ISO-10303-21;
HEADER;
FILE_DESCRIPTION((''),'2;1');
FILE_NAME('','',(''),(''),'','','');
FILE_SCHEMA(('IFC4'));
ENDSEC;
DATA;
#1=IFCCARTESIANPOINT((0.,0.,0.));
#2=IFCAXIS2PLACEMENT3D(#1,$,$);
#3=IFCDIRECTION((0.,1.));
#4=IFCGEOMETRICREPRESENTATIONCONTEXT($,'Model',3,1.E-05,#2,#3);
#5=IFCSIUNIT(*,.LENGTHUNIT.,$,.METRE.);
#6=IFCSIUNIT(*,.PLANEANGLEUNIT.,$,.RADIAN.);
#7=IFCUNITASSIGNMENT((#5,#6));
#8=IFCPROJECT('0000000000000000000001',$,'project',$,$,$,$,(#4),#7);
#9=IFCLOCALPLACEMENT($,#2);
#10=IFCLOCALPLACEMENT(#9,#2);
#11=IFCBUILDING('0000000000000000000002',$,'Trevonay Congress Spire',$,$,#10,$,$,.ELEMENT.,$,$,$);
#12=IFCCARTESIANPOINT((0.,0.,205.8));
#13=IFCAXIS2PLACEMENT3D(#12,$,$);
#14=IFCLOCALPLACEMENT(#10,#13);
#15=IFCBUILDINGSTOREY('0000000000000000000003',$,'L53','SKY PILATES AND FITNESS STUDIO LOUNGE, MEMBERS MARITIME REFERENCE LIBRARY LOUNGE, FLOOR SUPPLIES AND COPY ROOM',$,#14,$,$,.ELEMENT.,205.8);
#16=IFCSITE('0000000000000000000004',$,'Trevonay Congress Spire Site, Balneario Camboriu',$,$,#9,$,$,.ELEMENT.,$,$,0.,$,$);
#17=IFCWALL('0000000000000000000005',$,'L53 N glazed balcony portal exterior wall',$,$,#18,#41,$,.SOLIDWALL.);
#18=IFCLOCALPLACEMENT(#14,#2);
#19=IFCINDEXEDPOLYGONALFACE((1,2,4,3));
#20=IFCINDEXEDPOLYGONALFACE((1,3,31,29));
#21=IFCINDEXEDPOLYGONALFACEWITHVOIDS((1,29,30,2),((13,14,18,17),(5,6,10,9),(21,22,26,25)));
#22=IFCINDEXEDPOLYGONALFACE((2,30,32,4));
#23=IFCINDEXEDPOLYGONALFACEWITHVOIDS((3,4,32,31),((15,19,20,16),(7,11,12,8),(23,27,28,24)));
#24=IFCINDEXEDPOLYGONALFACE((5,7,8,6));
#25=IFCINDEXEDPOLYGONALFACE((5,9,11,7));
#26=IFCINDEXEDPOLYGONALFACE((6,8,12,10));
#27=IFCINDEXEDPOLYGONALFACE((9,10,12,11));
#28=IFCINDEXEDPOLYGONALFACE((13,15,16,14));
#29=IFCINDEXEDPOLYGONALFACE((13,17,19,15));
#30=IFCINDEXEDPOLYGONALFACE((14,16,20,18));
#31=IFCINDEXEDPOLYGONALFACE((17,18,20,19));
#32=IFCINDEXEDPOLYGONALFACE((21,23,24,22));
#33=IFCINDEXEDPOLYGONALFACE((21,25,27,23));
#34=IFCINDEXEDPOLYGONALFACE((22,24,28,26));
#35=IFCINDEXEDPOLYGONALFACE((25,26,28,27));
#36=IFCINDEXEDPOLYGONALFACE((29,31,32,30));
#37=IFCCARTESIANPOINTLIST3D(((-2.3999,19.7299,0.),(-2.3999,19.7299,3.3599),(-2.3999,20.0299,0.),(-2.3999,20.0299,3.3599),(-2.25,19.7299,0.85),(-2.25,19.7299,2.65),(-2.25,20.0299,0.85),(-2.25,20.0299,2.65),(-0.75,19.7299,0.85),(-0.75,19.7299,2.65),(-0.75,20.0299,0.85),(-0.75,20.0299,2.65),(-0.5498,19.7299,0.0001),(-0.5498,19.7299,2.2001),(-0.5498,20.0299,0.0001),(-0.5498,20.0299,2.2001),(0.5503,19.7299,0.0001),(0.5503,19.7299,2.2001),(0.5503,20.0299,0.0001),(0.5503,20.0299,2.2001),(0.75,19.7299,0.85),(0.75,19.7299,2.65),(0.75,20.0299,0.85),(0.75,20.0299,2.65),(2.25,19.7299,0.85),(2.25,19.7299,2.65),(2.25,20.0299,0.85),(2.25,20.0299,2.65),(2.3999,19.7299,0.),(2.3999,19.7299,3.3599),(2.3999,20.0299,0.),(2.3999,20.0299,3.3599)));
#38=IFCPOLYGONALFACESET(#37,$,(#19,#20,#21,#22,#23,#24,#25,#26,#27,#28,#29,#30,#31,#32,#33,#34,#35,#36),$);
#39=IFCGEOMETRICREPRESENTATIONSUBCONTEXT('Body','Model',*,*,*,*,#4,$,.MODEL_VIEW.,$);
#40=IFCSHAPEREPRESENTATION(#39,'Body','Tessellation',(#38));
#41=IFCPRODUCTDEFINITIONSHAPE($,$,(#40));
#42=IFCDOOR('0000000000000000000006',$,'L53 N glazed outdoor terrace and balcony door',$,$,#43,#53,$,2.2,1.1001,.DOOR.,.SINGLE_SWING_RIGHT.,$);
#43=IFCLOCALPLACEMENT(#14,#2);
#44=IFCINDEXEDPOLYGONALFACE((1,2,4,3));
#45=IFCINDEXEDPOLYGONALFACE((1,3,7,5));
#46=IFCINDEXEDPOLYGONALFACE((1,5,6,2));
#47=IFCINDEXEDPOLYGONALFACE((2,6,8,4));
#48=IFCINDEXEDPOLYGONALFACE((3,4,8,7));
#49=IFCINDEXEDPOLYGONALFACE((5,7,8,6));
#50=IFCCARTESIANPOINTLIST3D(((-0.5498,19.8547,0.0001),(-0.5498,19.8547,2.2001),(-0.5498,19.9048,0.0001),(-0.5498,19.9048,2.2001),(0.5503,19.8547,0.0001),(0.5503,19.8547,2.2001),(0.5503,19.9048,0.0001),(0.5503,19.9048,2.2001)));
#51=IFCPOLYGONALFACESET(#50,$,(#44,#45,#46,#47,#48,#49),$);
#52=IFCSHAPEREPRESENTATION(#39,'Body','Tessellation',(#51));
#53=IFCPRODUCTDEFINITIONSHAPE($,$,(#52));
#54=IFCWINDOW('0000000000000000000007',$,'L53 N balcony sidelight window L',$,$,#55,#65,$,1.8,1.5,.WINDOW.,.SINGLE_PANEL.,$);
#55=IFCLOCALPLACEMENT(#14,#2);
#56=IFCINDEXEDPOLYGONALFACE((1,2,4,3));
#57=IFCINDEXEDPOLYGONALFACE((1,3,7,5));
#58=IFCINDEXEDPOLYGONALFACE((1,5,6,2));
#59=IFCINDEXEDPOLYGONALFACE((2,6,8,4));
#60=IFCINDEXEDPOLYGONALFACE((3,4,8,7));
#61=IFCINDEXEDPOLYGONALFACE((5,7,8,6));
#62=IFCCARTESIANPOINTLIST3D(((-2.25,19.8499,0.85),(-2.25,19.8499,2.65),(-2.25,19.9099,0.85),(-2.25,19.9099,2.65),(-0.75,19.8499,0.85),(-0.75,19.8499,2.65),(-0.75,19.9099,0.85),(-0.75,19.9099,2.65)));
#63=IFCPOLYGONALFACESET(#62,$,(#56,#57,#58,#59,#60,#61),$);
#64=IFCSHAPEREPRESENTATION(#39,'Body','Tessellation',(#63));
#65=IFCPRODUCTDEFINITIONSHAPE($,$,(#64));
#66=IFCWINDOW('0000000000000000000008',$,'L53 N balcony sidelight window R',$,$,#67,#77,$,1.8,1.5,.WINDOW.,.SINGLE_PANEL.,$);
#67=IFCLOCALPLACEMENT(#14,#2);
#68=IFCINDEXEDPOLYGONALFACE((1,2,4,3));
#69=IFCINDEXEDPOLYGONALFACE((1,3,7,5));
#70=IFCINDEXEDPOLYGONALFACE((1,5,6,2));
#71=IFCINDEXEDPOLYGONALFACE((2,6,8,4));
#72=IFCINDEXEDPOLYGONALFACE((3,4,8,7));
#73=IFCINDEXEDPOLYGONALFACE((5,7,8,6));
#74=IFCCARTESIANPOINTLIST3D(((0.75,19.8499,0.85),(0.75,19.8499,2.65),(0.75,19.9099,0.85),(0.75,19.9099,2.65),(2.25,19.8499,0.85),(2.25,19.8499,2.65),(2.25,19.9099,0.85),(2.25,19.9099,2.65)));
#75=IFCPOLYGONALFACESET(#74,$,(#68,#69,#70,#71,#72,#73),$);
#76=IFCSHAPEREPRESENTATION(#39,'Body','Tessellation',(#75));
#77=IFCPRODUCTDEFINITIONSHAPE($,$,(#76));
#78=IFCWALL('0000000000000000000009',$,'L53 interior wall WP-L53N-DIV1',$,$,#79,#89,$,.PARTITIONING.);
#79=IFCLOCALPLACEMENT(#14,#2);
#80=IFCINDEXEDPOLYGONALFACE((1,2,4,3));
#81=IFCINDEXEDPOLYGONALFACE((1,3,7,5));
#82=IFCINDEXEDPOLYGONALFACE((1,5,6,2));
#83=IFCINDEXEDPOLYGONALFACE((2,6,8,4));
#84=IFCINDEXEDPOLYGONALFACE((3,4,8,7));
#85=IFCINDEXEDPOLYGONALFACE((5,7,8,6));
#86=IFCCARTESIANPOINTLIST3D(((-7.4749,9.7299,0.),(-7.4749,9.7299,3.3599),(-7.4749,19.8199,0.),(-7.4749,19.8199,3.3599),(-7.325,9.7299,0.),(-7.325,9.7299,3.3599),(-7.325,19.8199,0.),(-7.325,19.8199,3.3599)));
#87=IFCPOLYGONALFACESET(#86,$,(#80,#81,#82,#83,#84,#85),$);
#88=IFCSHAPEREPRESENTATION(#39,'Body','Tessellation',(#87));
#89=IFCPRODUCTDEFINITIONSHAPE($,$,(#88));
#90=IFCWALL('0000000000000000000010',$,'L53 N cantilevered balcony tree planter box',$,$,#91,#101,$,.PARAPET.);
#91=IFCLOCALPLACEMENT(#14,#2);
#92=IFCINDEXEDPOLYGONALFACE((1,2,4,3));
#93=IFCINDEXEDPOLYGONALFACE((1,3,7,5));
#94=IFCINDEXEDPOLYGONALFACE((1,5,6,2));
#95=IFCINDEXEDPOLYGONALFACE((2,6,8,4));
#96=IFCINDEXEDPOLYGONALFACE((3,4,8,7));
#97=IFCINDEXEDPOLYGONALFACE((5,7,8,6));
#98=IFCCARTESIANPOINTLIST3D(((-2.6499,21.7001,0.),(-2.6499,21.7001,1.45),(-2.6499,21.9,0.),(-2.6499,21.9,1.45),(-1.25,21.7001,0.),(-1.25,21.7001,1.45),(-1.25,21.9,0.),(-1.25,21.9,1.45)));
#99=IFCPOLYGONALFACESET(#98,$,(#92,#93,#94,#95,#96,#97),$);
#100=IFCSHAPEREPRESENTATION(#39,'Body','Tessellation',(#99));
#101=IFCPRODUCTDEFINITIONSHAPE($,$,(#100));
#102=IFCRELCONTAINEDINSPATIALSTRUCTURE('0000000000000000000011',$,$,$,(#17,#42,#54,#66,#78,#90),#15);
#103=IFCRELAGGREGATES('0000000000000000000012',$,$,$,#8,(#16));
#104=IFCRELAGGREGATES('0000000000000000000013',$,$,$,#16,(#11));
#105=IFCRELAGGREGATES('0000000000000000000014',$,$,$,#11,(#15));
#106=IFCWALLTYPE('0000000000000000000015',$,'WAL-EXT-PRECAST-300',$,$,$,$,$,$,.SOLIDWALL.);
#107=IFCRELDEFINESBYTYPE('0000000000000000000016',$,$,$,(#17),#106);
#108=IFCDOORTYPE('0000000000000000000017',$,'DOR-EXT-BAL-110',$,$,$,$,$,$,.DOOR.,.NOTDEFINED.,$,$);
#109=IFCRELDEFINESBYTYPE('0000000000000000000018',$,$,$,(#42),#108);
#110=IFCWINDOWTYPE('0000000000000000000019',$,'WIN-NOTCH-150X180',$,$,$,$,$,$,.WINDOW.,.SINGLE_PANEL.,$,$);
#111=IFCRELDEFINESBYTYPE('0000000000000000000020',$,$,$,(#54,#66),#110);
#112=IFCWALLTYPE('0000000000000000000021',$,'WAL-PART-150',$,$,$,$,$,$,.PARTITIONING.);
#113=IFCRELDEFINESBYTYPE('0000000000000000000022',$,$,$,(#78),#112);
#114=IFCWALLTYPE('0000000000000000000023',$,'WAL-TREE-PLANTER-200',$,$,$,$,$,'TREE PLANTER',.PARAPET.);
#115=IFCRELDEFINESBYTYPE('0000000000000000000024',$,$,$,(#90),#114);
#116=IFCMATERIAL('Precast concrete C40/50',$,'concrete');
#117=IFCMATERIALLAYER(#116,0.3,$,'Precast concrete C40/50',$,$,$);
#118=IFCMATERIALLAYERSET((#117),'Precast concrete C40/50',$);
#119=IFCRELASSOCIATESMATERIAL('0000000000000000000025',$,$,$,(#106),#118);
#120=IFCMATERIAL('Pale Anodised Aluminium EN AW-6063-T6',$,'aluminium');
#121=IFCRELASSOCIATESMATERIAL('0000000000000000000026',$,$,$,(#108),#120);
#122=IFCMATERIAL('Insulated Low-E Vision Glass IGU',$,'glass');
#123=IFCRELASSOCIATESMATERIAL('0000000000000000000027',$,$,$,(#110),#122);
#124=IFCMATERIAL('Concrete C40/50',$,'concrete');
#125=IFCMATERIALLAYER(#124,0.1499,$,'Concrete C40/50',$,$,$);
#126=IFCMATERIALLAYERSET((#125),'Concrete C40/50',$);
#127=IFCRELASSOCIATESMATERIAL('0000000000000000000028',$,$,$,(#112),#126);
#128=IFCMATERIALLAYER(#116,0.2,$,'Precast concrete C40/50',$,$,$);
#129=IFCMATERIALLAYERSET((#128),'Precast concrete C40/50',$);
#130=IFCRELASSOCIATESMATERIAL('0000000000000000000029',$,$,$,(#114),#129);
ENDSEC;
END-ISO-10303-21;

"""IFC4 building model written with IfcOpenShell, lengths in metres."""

from ifc_helpers import new_model, si_unit, direction, frame, frame_2d, origin, place, context, subcontext, project, spatial, rectangle, extrude, material, layer, layer_set, type_object, element, fill, save


model = new_model("IFC4")

# Units and contexts
model_context = context("Model", 3, precision=1e-05, world=origin(), true_north=direction((0.0, 1.0)))
body_context = subcontext(model_context, "Body", "Model", "MODEL_VIEW")
ifc_project = project(units=[si_unit("LENGTHUNIT", "METRE"), si_unit("PLANEANGLEUNIT", "RADIAN")], contexts=[model_context])

# Site, building, storey
site_placement = place(None, origin())
site = spatial("IfcSite", under=ifc_project, at=site_placement, Name="Trevonay Congress Spire Site, Balneario Camboriu", CompositionType="ELEMENT", RefElevation=0.0)
building_placement = place(site_placement, origin())
building = spatial("IfcBuilding", under=site, at=building_placement, Name="Trevonay Congress Spire", CompositionType="ELEMENT")
storey_placement = place(building_placement, frame((0.0, 0.0, 205.8)))
storey = spatial("IfcBuildingStorey", under=building, at=storey_placement, Name="L53", Description="SKY PILATES AND FITNESS STUDIO LOUNGE, MEMBERS MARITIME REFERENCE LIBRARY LOUNGE, FLOOR SUPPLIES AND COPY ROOM", CompositionType="ELEMENT", Elevation=205.8)

# Shared definitions
ifc_material_1 = material(Name="Pale Anodised Aluminium EN AW-6063-T6", Category="aluminium")
ifc_material_2 = material(Name="Insulated Low-E Vision Glass IGU", Category="glass")

# Shared definitions
ifc_material_3 = material(Name="Concrete C40/50", Category="concrete")

# Wall, openings, door, windows
ifc_material_4 = material(Name="Precast concrete C40/50", Category="concrete")
ifc_layer_1 = layer(ifc_material_4, 0.3, Name="Precast concrete C40/50")
ifc_layer_set_1 = layer_set([ifc_layer_1], Name="Precast concrete C40/50")
wall_type_1 = type_object("IfcWallType", Name="WAL-EXT-PRECAST-300", PredefinedType="SOLIDWALL", material=ifc_layer_set_1)
wall_1_placement = place(storey_placement, frame((-2.3999, 19.8799, 0.0), z_axis=(0.0, 0.0, 1.0), x_axis=(1.0, 0.0, 0.0)))
wall_1 = element("IfcWall", 1, at=wall_1_placement, inside=storey, type_object=wall_type_1, Name="L53 N glazed balcony portal exterior wall", PredefinedType="SOLIDWALL", context=body_context, shape_type="SweptSolid", body=[
    extrude(rectangle(XDim=4.7998, YDim=0.3, at=frame_2d((2.3999, 0.0))), origin(), (0.0, 0.0, 1.0), 3.3599),
])
opening_1_placement = place(wall_1_placement, frame((1.8501, 0.0, 0.0)))
opening_1 = element("IfcOpeningElement", 2, at=opening_1_placement, cuts=wall_1, PredefinedType="OPENING", context=body_context, shape_type="SweptSolid", body=[
    extrude(rectangle(XDim=1.1001, YDim=2.2, at=frame_2d((0.55, 1.1001))), frame((0.0, 0.1602, 0.0), z_axis=(0.0, -1.0, 0.0), x_axis=(1.0, 0.0, 0.0)), (0.0, 0.0, 1.0), 0.3201),
])
opening_2_placement = place(wall_1_placement, frame((0.1499, 0.0, 0.8501)))
opening_2 = element("IfcOpeningElement", 3, at=opening_2_placement, cuts=wall_1, PredefinedType="OPENING", context=body_context, shape_type="SweptSolid", body=[
    extrude(rectangle(XDim=1.5, YDim=1.8, at=frame_2d((0.75, 0.8999))), frame((0.0, 0.1602, 0.0), z_axis=(0.0, -1.0, 0.0), x_axis=(1.0, 0.0, 0.0)), (0.0, 0.0, 1.0), 0.3201),
])
opening_3_placement = place(wall_1_placement, frame((3.1499, 0.0, 0.8501)))
opening_3 = element("IfcOpeningElement", 4, at=opening_3_placement, cuts=wall_1, PredefinedType="OPENING", context=body_context, shape_type="SweptSolid", body=[
    extrude(rectangle(XDim=1.5, YDim=1.8, at=frame_2d((0.75, 0.8999))), frame((0.0, 0.1602, 0.0), z_axis=(0.0, -1.0, 0.0), x_axis=(1.0, 0.0, 0.0)), (0.0, 0.0, 1.0), 0.3201),
])
door_type_1 = type_object("IfcDoorType", Name="DOR-EXT-BAL-110", OperationType="NOTDEFINED", PredefinedType="DOOR", material=ifc_material_1)
door_1_placement = place(opening_1_placement, origin())
door_1 = element("IfcDoor", 5, at=door_1_placement, inside=storey, type_object=door_type_1, Name="L53 N glazed outdoor terrace and balcony door", OperationType="SINGLE_SWING_RIGHT", OverallHeight=2.2, OverallWidth=1.1001, PredefinedType="DOOR", context=body_context, shape_type="SweptSolid", body=[
    extrude(rectangle(XDim=1.1001, YDim=2.2, at=frame_2d((0.55, 1.1001))), frame((0.0, 0.0249, 0.0), z_axis=(0.0, -1.0, 0.0), x_axis=(1.0, 0.0, 0.0)), (0.0, 0.0, 1.0), 0.05),
])
fill(opening_1, door_1)
window_type = type_object("IfcWindowType", Name="WIN-NOTCH-150X180", PartitioningType="SINGLE_PANEL", PredefinedType="WINDOW", material=ifc_material_2)
window_1_placement = place(opening_2_placement, origin())
window_1 = element("IfcWindow", 6, at=window_1_placement, inside=storey, type_object=window_type, Name="L53 N balcony sidelight window L", OverallHeight=1.8, OverallWidth=1.5, PartitioningType="SINGLE_PANEL", PredefinedType="WINDOW", context=body_context, shape_type="SweptSolid", body=[
    extrude(rectangle(XDim=1.5, YDim=1.8, at=frame_2d((0.75, 0.8999))), frame((0.0, 0.03, 0.0), z_axis=(0.0, -1.0, 0.0), x_axis=(1.0, 0.0, 0.0)), (0.0, 0.0, 1.0), 0.0601),
])
fill(opening_2, window_1)
window_2_placement = place(opening_3_placement, origin())
window_2 = element("IfcWindow", 7, at=window_2_placement, inside=storey, type_object=window_type, Name="L53 N balcony sidelight window R", OverallHeight=1.8, OverallWidth=1.5, PartitioningType="SINGLE_PANEL", PredefinedType="WINDOW", context=body_context, shape_type="SweptSolid", body=[
    extrude(rectangle(XDim=1.5, YDim=1.8, at=frame_2d((0.75, 0.8999))), frame((0.0, 0.03, 0.0), z_axis=(0.0, -1.0, 0.0), x_axis=(1.0, 0.0, 0.0)), (0.0, 0.0, 1.0), 0.0601),
])
fill(opening_3, window_2)

# Walls
ifc_layer_2 = layer(ifc_material_3, 0.1499, Name="Concrete C40/50")
ifc_layer_set_2 = layer_set([ifc_layer_2], Name="Concrete C40/50")
wall_type_2 = type_object("IfcWallType", Name="WAL-PART-150", PredefinedType="PARTITIONING", material=ifc_layer_set_2)
wall_2_placement = place(storey_placement, frame((-7.3999, 9.73, 0.0), z_axis=(0.0, 0.0, 1.0), x_axis=(0.0, 1.0, 0.0)))
element("IfcWall", 8, at=wall_2_placement, inside=storey, type_object=wall_type_2, Name="L53 interior wall WP-L53N-DIV1", PredefinedType="PARTITIONING", context=body_context, shape_type="SweptSolid", body=[
    extrude(rectangle(XDim=10.0901, YDim=0.1499, at=frame_2d((5.0449, 0.0))), origin(), (0.0, 0.0, 1.0), 3.3599),
])
ifc_layer_3 = layer(ifc_material_4, 0.2, Name="Precast concrete C40/50")
ifc_layer_set_3 = layer_set([ifc_layer_3], Name="Precast concrete C40/50")
wall_type_3 = type_object("IfcWallType", Name="WAL-TREE-PLANTER-200", ElementType="TREE PLANTER", PredefinedType="PARAPET", material=ifc_layer_set_3)
wall_3_placement = place(storey_placement, frame((-2.6499, 21.8, 0.0), z_axis=(0.0, 0.0, 1.0), x_axis=(1.0, 0.0, 0.0)))
element("IfcWall", 9, at=wall_3_placement, inside=storey, type_object=wall_type_3, Name="L53 N cantilevered balcony tree planter box", PredefinedType="PARAPET", context=body_context, shape_type="SweptSolid", body=[
    extrude(rectangle(XDim=1.3999, YDim=0.2, at=frame_2d((0.7, 0.0))), origin(), (0.0, 0.0, 1.0), 1.45),
])

save(model, "model.ifc")
